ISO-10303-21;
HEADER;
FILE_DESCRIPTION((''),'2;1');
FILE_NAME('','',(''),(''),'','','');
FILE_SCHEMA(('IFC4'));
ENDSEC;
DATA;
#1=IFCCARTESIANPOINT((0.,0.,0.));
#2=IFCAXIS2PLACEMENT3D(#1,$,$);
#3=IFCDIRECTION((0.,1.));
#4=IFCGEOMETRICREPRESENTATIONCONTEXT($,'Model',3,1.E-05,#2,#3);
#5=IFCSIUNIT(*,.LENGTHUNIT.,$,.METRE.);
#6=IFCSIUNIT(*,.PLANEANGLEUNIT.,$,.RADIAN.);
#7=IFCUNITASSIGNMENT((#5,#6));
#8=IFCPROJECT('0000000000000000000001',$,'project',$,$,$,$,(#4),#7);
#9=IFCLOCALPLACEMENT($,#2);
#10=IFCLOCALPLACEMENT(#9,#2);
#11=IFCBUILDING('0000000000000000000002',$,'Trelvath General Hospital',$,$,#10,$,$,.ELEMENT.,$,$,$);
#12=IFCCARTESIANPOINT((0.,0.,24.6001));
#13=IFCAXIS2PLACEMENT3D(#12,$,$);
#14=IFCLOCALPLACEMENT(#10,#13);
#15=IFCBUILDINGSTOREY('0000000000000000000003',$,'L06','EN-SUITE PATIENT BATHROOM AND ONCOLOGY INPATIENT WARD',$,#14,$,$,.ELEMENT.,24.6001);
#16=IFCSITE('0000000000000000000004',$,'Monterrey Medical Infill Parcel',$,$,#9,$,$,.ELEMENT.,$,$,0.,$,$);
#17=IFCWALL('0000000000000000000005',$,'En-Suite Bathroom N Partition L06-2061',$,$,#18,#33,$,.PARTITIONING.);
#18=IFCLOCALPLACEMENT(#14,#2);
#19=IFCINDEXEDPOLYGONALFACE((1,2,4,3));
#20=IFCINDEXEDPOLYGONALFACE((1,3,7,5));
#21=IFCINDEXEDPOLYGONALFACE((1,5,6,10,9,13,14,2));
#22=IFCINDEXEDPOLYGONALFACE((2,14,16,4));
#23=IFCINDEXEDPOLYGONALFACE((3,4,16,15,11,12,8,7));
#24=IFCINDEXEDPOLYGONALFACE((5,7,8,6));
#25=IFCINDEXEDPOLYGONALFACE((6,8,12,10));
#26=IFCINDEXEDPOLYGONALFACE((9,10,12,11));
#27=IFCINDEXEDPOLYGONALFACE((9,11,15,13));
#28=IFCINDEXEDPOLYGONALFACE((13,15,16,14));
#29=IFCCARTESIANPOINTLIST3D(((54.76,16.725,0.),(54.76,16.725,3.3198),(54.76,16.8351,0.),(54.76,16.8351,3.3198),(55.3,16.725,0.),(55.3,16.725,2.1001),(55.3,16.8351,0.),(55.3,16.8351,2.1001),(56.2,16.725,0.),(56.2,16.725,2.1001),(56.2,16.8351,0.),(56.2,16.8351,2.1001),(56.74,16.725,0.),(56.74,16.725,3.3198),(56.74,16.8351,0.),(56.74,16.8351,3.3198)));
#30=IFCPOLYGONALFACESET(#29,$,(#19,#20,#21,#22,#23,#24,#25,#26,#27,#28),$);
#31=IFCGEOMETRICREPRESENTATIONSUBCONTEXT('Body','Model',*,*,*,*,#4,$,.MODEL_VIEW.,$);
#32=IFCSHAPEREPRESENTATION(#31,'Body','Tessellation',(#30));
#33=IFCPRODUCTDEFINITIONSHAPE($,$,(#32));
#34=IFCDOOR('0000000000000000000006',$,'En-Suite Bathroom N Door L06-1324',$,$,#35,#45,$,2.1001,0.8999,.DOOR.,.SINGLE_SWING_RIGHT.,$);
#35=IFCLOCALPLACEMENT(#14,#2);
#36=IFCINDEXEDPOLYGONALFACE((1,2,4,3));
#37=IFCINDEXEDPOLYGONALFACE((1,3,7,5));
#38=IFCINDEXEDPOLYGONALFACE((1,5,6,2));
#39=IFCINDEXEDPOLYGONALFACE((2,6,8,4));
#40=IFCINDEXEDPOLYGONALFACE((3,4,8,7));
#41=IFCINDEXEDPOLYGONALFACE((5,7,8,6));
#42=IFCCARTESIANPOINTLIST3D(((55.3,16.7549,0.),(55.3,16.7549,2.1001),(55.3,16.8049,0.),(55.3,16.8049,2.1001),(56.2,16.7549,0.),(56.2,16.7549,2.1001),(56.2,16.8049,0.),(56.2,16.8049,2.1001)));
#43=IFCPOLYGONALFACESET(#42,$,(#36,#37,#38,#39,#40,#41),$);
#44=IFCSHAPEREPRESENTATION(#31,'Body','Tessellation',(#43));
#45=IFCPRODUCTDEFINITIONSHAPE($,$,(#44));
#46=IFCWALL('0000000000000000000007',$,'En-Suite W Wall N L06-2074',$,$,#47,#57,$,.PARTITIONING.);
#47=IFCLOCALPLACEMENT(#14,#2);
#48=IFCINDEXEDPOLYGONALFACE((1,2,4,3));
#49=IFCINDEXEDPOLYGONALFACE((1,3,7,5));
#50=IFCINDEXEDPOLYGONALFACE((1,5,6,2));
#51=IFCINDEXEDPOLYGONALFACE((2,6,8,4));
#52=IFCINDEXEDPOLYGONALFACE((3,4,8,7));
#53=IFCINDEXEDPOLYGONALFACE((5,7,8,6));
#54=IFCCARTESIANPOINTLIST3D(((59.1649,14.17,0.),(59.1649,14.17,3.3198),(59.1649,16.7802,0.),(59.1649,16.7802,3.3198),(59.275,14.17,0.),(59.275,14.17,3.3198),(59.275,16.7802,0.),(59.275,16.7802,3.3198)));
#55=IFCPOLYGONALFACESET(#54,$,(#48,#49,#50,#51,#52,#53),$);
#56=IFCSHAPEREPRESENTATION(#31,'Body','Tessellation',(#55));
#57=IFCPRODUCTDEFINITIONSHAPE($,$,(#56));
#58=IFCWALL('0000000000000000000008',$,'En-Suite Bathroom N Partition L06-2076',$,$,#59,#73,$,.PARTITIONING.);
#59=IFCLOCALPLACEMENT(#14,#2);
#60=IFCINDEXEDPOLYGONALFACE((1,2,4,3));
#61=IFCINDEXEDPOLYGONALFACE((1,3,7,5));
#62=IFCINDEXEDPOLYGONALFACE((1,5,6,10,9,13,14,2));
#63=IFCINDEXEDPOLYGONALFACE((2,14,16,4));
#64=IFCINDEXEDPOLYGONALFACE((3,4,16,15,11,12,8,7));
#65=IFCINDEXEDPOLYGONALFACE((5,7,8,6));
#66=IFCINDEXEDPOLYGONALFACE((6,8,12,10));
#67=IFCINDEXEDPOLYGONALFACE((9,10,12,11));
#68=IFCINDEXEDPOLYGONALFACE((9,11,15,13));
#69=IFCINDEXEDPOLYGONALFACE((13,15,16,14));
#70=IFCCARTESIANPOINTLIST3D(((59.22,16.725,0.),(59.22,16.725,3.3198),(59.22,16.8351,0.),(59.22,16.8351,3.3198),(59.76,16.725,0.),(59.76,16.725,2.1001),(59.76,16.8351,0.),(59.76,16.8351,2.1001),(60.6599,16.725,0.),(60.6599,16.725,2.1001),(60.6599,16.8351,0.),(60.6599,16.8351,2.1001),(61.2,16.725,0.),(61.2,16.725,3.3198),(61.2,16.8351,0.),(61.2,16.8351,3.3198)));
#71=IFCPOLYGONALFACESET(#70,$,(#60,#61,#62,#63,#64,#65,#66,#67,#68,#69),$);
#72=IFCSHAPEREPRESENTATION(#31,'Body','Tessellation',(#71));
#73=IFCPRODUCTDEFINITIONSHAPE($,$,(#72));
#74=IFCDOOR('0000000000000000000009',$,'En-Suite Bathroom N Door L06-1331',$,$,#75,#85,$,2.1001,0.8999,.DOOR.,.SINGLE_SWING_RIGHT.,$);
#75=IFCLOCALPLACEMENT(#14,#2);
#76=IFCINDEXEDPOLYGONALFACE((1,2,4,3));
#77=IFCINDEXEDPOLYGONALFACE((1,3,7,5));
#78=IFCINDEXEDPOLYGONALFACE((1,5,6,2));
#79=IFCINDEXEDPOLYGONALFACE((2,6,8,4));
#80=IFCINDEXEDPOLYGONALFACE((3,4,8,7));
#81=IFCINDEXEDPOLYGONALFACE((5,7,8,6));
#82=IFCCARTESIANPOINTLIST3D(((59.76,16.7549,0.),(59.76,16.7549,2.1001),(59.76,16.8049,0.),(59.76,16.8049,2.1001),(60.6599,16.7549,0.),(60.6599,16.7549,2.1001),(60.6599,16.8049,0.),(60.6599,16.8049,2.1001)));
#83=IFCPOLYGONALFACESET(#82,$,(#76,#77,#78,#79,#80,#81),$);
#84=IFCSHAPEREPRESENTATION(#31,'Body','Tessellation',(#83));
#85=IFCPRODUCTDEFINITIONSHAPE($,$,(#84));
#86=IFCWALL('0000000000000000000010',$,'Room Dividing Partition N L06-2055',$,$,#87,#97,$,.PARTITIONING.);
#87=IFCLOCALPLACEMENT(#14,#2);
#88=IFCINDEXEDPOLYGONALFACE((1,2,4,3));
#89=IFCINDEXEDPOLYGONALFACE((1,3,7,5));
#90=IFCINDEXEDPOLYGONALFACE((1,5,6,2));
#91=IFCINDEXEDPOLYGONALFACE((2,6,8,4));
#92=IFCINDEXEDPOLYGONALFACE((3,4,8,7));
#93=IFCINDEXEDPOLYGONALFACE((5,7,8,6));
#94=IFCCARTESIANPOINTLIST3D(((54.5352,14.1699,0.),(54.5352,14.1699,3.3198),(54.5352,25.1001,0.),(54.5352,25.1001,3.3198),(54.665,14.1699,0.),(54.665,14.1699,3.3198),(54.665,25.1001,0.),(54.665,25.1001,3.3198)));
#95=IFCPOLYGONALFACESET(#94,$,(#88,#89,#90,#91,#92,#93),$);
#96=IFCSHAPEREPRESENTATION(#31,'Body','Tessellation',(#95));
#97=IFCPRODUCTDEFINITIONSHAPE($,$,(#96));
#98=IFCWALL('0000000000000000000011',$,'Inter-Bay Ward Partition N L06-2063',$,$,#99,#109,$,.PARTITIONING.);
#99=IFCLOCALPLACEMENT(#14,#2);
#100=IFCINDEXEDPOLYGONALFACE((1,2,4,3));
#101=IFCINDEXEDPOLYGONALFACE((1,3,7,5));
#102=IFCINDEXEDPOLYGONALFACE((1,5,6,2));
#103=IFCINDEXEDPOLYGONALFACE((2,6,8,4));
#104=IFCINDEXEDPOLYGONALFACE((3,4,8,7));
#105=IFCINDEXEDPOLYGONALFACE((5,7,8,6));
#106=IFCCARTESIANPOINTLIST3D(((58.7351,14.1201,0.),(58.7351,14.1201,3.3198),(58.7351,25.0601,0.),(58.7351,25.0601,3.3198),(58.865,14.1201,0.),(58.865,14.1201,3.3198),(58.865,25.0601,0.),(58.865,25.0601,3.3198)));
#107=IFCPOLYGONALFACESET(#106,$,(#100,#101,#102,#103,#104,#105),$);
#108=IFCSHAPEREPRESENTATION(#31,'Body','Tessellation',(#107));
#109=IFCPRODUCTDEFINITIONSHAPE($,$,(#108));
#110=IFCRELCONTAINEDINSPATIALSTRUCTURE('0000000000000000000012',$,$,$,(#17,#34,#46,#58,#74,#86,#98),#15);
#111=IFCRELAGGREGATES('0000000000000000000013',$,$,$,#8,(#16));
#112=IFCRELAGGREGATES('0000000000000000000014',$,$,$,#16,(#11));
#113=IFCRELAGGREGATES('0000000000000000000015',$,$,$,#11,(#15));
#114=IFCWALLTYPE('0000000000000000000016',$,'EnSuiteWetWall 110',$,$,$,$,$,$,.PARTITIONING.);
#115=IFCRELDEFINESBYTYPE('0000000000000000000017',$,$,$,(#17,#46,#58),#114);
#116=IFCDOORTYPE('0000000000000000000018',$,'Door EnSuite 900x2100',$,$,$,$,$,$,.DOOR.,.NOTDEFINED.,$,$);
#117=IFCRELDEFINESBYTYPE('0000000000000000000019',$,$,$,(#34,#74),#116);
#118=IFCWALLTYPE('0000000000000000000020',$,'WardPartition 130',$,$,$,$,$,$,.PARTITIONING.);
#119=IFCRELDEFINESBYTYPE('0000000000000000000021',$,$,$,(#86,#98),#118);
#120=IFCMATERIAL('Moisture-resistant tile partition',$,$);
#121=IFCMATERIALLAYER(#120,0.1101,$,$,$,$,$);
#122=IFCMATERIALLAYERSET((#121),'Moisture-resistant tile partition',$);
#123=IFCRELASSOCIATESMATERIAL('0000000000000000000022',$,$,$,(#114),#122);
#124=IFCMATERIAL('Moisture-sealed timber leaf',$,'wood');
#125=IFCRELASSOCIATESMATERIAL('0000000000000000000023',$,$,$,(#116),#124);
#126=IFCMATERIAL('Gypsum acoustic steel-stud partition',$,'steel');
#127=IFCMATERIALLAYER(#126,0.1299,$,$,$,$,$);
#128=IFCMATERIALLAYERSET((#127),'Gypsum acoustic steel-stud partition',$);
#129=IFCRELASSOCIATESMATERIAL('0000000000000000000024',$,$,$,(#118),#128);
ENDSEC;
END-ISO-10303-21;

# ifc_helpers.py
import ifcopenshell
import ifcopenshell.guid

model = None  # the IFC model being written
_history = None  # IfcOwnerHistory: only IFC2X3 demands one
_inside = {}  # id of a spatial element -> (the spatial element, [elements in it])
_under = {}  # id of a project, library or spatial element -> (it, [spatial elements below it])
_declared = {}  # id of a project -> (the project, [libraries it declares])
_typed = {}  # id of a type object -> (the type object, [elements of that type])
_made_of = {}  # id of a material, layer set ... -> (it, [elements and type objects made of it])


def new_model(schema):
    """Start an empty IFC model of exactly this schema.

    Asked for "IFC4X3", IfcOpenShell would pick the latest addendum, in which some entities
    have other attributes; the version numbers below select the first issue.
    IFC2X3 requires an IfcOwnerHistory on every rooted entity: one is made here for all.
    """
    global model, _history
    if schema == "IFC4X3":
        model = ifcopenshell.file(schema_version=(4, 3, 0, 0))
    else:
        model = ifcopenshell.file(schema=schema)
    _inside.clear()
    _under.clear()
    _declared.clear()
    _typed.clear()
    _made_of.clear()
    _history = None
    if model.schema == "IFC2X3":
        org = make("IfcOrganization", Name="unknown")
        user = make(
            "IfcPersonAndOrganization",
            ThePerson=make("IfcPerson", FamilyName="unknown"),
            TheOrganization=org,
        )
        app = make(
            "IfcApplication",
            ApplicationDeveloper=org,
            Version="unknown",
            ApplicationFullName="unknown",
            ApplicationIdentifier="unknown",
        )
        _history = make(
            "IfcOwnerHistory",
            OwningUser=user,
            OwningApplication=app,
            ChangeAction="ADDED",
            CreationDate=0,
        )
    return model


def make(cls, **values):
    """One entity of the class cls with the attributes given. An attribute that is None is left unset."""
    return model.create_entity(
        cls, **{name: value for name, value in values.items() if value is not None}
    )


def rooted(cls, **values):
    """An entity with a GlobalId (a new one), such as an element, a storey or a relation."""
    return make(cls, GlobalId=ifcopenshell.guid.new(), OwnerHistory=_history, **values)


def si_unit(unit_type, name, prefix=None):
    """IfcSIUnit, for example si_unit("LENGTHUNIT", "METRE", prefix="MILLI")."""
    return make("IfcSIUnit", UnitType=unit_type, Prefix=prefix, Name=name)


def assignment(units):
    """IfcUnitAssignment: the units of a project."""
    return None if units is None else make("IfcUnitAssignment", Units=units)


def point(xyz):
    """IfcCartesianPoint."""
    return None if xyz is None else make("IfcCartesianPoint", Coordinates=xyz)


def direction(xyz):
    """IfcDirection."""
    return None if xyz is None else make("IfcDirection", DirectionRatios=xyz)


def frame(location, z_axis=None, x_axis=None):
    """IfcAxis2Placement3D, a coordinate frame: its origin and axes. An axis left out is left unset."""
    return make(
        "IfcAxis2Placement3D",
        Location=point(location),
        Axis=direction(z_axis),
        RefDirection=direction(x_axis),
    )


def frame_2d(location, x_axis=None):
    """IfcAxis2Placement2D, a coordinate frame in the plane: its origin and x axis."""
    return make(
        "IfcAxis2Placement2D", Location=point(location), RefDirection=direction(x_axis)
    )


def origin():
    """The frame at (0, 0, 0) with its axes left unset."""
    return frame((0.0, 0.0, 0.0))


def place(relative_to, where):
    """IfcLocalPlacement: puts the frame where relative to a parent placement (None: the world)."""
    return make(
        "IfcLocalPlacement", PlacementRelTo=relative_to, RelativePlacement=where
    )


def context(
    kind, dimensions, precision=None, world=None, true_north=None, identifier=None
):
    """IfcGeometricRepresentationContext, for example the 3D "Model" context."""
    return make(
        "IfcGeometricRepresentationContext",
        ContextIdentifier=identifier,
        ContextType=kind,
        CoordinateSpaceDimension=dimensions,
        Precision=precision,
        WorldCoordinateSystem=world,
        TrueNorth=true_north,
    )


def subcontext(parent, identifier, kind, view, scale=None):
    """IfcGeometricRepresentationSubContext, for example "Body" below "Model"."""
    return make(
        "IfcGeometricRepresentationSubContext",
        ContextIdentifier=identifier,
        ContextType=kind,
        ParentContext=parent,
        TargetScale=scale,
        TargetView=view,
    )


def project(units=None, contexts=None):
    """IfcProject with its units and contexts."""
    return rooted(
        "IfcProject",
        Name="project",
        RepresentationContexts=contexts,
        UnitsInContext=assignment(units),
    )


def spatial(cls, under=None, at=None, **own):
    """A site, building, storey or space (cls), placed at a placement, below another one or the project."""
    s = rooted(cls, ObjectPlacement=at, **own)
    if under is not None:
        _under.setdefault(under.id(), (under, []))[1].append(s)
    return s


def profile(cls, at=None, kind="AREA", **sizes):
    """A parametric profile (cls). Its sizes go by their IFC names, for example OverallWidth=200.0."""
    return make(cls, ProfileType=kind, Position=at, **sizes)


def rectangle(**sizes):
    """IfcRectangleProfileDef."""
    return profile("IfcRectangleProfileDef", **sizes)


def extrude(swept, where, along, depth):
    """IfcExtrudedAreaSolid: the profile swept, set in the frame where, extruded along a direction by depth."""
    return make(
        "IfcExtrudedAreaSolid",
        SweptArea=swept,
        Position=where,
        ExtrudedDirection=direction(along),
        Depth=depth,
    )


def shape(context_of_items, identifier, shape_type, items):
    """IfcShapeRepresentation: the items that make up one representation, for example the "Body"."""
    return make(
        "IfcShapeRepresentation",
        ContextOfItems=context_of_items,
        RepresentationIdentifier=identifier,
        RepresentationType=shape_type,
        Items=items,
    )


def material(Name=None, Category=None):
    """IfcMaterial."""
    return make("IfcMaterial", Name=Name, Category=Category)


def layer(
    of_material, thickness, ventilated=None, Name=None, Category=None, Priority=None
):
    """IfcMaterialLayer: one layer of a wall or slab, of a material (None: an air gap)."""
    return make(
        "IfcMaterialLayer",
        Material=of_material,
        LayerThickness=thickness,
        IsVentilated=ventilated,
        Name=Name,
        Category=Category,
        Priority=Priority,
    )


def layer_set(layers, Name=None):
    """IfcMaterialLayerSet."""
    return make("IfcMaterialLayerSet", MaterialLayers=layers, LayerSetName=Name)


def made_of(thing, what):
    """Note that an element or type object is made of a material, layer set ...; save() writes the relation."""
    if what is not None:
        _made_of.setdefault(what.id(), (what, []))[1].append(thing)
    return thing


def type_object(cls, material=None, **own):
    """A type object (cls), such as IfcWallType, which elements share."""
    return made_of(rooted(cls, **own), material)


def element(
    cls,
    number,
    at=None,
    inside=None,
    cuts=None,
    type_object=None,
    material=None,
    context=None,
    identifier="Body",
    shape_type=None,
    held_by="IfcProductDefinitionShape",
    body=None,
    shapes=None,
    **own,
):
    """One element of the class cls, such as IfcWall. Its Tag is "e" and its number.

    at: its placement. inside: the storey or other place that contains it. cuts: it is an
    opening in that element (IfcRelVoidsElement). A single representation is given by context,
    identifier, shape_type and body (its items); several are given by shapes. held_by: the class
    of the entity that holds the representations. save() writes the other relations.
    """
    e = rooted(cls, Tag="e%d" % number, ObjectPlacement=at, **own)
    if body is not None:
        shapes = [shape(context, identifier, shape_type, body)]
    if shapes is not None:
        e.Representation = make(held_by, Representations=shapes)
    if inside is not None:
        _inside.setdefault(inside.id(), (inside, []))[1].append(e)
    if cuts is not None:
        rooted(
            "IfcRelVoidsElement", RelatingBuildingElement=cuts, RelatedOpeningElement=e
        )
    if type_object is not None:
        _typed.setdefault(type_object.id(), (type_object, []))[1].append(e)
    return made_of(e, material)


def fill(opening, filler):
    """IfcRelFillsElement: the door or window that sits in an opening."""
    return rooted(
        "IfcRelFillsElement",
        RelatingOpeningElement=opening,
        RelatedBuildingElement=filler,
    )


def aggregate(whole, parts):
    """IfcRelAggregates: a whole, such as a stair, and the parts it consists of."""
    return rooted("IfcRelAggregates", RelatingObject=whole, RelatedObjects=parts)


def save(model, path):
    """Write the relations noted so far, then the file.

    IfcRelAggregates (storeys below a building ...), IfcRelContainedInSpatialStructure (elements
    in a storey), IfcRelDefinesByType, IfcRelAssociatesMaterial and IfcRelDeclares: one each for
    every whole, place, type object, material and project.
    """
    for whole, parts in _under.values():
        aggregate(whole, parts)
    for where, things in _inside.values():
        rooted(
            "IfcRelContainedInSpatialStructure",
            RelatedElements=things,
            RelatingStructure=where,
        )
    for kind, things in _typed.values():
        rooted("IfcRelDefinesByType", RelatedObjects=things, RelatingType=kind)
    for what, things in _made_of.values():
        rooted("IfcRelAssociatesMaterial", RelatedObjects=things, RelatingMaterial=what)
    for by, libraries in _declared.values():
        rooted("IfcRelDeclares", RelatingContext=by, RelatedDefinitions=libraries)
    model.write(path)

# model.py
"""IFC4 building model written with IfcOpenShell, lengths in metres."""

from ifc_helpers import new_model, si_unit, direction, frame, frame_2d, origin, place, context, subcontext, project, spatial, rectangle, extrude, material, layer, layer_set, type_object, element, fill, save


model = new_model("IFC4")

# Units and contexts
model_context = context("Model", 3, precision=1e-05, world=origin(), true_north=direction((0.0, 1.0)))
body_context = subcontext(model_context, "Body", "Model", "MODEL_VIEW")
ifc_project = project(units=[si_unit("LENGTHUNIT", "METRE"), si_unit("PLANEANGLEUNIT", "RADIAN")], contexts=[model_context])

# Site, building, storey
site_placement = place(None, origin())
site = spatial("IfcSite", under=ifc_project, at=site_placement, Name="Monterrey Medical Infill Parcel", CompositionType="ELEMENT", RefElevation=0.0)
building_placement = place(site_placement, origin())
building = spatial("IfcBuilding", under=site, at=building_placement, Name="Trelvath General Hospital", CompositionType="ELEMENT")
storey_placement = place(building_placement, frame((0.0, 0.0, 24.6001)))
storey = spatial("IfcBuildingStorey", under=building, at=storey_placement, Name="L06", Description="EN-SUITE PATIENT BATHROOM AND ONCOLOGY INPATIENT WARD", CompositionType="ELEMENT", Elevation=24.6001)

# Shared definitions
ifc_material_1 = material(Name="Moisture-resistant tile partition")
ifc_layer_1 = layer(ifc_material_1, 0.1101)
ifc_layer_set_1 = layer_set([ifc_layer_1], Name="Moisture-resistant tile partition")
wall_type_1 = type_object("IfcWallType", Name="EnSuiteWetWall 110", PredefinedType="PARTITIONING", material=ifc_layer_set_1)

# Shared definitions
ifc_material_2 = material(Name="Moisture-sealed timber leaf", Category="wood")
door_type_1 = type_object("IfcDoorType", Name="Door EnSuite 900x2100", OperationType="NOTDEFINED", PredefinedType="DOOR", material=ifc_material_2)

# Wall, opening, door
wall_1_placement = place(storey_placement, frame((54.76, 16.78, 0.0), z_axis=(0.0, 0.0, 1.0), x_axis=(1.0, 0.0, 0.0)))
wall_1 = element("IfcWall", 1, at=wall_1_placement, inside=storey, type_object=wall_type_1, Name="En-Suite Bathroom N Partition L06-2061", PredefinedType="PARTITIONING", context=body_context, shape_type="SweptSolid", body=[
    extrude(rectangle(XDim=1.98, YDim=0.1101, at=frame_2d((0.99, 0.0))), origin(), (0.0, 0.0, 1.0), 3.3198),
])
opening_1_placement = place(wall_1_placement, frame((0.54, 0.0, 0.0)))
opening_1 = element("IfcOpeningElement", 2, at=opening_1_placement, cuts=wall_1, PredefinedType="OPENING", context=body_context, shape_type="SweptSolid", body=[
    extrude(rectangle(XDim=0.8999, YDim=2.1001, at=frame_2d((0.45, 1.05))), frame((0.0, 0.0649, 0.0), z_axis=(0.0, -1.0, 0.0), x_axis=(1.0, 0.0, 0.0)), (0.0, 0.0, 1.0), 0.1301),
])
door_1_placement = place(opening_1_placement, origin())
door_1 = element("IfcDoor", 3, at=door_1_placement, inside=storey, type_object=door_type_1, Name="En-Suite Bathroom N Door L06-1324", OperationType="SINGLE_SWING_RIGHT", OverallHeight=2.1001, OverallWidth=0.8999, PredefinedType="DOOR", context=body_context, shape_type="SweptSolid", body=[
    extrude(rectangle(XDim=0.8999, YDim=2.1001, at=frame_2d((0.45, 1.05))), frame((0.0, 0.0249, 0.0), z_axis=(0.0, -1.0, 0.0), x_axis=(1.0, 0.0, 0.0)), (0.0, 0.0, 1.0), 0.05),
])
fill(opening_1, door_1)

# Wall
wall_2_placement = place(storey_placement, frame((59.22, 14.1699, 0.0), z_axis=(0.0, 0.0, 1.0), x_axis=(0.0, 1.0, 0.0)))
element("IfcWall", 4, at=wall_2_placement, inside=storey, type_object=wall_type_1, Name="En-Suite W Wall N L06-2074", PredefinedType="PARTITIONING", context=body_context, shape_type="SweptSolid", body=[
    extrude(rectangle(XDim=2.6101, YDim=0.1101, at=frame_2d((1.3052, 0.0))), origin(), (0.0, 0.0, 1.0), 3.3198),
])

# Wall, opening, door
wall_3_placement = place(storey_placement, frame((59.22, 16.78, 0.0), z_axis=(0.0, 0.0, 1.0), x_axis=(1.0, 0.0, 0.0)))
wall_3 = element("IfcWall", 5, at=wall_3_placement, inside=storey, type_object=wall_type_1, Name="En-Suite Bathroom N Partition L06-2076", PredefinedType="PARTITIONING", context=body_context, shape_type="SweptSolid", body=[
    extrude(rectangle(XDim=1.98, YDim=0.1101, at=frame_2d((0.99, 0.0))), origin(), (0.0, 0.0, 1.0), 3.3198),
])
opening_2_placement = place(wall_3_placement, frame((0.54, 0.0, 0.0)))
opening_2 = element("IfcOpeningElement", 6, at=opening_2_placement, cuts=wall_3, PredefinedType="OPENING", context=body_context, shape_type="SweptSolid", body=[
    extrude(rectangle(XDim=0.8999, YDim=2.1001, at=frame_2d((0.45, 1.05))), frame((0.0, 0.0649, 0.0), z_axis=(0.0, -1.0, 0.0), x_axis=(1.0, 0.0, 0.0)), (0.0, 0.0, 1.0), 0.1301),
])
door_2_placement = place(opening_2_placement, origin())
door_2 = element("IfcDoor", 7, at=door_2_placement, inside=storey, type_object=door_type_1, Name="En-Suite Bathroom N Door L06-1331", OperationType="SINGLE_SWING_RIGHT", OverallHeight=2.1001, OverallWidth=0.8999, PredefinedType="DOOR", context=body_context, shape_type="SweptSolid", body=[
    extrude(rectangle(XDim=0.8999, YDim=2.1001, at=frame_2d((0.45, 1.05))), frame((0.0, 0.0249, 0.0), z_axis=(0.0, -1.0, 0.0), x_axis=(1.0, 0.0, 0.0)), (0.0, 0.0, 1.0), 0.05),
])
fill(opening_2, door_2)

# Walls
ifc_material_3 = material(Name="Gypsum acoustic steel-stud partition", Category="steel")
ifc_layer_2 = layer(ifc_material_3, 0.1299)
ifc_layer_set_2 = layer_set([ifc_layer_2], Name="Gypsum acoustic steel-stud partition")
wall_type_2 = type_object("IfcWallType", Name="WardPartition 130", PredefinedType="PARTITIONING", material=ifc_layer_set_2)
wall_4_placement = place(storey_placement, frame((54.6001, 14.1699, 0.0), z_axis=(0.0, 0.0, 1.0), x_axis=(0.0, 1.0, 0.0)))
element("IfcWall", 8, at=wall_4_placement, inside=storey, type_object=wall_type_2, Name="Room Dividing Partition N L06-2055", PredefinedType="PARTITIONING", context=body_context, shape_type="SweptSolid", body=[
    extrude(rectangle(XDim=10.9302, YDim=0.1299, at=frame_2d((5.4651, 0.0))), origin(), (0.0, 0.0, 1.0), 3.3198),
])
wall_5_placement = place(storey_placement, frame((58.8, 14.1201, 0.0), z_axis=(0.0, 0.0, 1.0), x_axis=(0.0, 1.0, 0.0)))
element("IfcWall", 9, at=wall_5_placement, inside=storey, type_object=wall_type_2, Name="Inter-Bay Ward Partition N L06-2063", PredefinedType="PARTITIONING", context=body_context, shape_type="SweptSolid", body=[
    extrude(rectangle(XDim=10.9399, YDim=0.1299, at=frame_2d((5.47, 0.0))), origin(), (0.0, 0.0, 1.0), 3.3198),
])

save(model, "model.ifc")
